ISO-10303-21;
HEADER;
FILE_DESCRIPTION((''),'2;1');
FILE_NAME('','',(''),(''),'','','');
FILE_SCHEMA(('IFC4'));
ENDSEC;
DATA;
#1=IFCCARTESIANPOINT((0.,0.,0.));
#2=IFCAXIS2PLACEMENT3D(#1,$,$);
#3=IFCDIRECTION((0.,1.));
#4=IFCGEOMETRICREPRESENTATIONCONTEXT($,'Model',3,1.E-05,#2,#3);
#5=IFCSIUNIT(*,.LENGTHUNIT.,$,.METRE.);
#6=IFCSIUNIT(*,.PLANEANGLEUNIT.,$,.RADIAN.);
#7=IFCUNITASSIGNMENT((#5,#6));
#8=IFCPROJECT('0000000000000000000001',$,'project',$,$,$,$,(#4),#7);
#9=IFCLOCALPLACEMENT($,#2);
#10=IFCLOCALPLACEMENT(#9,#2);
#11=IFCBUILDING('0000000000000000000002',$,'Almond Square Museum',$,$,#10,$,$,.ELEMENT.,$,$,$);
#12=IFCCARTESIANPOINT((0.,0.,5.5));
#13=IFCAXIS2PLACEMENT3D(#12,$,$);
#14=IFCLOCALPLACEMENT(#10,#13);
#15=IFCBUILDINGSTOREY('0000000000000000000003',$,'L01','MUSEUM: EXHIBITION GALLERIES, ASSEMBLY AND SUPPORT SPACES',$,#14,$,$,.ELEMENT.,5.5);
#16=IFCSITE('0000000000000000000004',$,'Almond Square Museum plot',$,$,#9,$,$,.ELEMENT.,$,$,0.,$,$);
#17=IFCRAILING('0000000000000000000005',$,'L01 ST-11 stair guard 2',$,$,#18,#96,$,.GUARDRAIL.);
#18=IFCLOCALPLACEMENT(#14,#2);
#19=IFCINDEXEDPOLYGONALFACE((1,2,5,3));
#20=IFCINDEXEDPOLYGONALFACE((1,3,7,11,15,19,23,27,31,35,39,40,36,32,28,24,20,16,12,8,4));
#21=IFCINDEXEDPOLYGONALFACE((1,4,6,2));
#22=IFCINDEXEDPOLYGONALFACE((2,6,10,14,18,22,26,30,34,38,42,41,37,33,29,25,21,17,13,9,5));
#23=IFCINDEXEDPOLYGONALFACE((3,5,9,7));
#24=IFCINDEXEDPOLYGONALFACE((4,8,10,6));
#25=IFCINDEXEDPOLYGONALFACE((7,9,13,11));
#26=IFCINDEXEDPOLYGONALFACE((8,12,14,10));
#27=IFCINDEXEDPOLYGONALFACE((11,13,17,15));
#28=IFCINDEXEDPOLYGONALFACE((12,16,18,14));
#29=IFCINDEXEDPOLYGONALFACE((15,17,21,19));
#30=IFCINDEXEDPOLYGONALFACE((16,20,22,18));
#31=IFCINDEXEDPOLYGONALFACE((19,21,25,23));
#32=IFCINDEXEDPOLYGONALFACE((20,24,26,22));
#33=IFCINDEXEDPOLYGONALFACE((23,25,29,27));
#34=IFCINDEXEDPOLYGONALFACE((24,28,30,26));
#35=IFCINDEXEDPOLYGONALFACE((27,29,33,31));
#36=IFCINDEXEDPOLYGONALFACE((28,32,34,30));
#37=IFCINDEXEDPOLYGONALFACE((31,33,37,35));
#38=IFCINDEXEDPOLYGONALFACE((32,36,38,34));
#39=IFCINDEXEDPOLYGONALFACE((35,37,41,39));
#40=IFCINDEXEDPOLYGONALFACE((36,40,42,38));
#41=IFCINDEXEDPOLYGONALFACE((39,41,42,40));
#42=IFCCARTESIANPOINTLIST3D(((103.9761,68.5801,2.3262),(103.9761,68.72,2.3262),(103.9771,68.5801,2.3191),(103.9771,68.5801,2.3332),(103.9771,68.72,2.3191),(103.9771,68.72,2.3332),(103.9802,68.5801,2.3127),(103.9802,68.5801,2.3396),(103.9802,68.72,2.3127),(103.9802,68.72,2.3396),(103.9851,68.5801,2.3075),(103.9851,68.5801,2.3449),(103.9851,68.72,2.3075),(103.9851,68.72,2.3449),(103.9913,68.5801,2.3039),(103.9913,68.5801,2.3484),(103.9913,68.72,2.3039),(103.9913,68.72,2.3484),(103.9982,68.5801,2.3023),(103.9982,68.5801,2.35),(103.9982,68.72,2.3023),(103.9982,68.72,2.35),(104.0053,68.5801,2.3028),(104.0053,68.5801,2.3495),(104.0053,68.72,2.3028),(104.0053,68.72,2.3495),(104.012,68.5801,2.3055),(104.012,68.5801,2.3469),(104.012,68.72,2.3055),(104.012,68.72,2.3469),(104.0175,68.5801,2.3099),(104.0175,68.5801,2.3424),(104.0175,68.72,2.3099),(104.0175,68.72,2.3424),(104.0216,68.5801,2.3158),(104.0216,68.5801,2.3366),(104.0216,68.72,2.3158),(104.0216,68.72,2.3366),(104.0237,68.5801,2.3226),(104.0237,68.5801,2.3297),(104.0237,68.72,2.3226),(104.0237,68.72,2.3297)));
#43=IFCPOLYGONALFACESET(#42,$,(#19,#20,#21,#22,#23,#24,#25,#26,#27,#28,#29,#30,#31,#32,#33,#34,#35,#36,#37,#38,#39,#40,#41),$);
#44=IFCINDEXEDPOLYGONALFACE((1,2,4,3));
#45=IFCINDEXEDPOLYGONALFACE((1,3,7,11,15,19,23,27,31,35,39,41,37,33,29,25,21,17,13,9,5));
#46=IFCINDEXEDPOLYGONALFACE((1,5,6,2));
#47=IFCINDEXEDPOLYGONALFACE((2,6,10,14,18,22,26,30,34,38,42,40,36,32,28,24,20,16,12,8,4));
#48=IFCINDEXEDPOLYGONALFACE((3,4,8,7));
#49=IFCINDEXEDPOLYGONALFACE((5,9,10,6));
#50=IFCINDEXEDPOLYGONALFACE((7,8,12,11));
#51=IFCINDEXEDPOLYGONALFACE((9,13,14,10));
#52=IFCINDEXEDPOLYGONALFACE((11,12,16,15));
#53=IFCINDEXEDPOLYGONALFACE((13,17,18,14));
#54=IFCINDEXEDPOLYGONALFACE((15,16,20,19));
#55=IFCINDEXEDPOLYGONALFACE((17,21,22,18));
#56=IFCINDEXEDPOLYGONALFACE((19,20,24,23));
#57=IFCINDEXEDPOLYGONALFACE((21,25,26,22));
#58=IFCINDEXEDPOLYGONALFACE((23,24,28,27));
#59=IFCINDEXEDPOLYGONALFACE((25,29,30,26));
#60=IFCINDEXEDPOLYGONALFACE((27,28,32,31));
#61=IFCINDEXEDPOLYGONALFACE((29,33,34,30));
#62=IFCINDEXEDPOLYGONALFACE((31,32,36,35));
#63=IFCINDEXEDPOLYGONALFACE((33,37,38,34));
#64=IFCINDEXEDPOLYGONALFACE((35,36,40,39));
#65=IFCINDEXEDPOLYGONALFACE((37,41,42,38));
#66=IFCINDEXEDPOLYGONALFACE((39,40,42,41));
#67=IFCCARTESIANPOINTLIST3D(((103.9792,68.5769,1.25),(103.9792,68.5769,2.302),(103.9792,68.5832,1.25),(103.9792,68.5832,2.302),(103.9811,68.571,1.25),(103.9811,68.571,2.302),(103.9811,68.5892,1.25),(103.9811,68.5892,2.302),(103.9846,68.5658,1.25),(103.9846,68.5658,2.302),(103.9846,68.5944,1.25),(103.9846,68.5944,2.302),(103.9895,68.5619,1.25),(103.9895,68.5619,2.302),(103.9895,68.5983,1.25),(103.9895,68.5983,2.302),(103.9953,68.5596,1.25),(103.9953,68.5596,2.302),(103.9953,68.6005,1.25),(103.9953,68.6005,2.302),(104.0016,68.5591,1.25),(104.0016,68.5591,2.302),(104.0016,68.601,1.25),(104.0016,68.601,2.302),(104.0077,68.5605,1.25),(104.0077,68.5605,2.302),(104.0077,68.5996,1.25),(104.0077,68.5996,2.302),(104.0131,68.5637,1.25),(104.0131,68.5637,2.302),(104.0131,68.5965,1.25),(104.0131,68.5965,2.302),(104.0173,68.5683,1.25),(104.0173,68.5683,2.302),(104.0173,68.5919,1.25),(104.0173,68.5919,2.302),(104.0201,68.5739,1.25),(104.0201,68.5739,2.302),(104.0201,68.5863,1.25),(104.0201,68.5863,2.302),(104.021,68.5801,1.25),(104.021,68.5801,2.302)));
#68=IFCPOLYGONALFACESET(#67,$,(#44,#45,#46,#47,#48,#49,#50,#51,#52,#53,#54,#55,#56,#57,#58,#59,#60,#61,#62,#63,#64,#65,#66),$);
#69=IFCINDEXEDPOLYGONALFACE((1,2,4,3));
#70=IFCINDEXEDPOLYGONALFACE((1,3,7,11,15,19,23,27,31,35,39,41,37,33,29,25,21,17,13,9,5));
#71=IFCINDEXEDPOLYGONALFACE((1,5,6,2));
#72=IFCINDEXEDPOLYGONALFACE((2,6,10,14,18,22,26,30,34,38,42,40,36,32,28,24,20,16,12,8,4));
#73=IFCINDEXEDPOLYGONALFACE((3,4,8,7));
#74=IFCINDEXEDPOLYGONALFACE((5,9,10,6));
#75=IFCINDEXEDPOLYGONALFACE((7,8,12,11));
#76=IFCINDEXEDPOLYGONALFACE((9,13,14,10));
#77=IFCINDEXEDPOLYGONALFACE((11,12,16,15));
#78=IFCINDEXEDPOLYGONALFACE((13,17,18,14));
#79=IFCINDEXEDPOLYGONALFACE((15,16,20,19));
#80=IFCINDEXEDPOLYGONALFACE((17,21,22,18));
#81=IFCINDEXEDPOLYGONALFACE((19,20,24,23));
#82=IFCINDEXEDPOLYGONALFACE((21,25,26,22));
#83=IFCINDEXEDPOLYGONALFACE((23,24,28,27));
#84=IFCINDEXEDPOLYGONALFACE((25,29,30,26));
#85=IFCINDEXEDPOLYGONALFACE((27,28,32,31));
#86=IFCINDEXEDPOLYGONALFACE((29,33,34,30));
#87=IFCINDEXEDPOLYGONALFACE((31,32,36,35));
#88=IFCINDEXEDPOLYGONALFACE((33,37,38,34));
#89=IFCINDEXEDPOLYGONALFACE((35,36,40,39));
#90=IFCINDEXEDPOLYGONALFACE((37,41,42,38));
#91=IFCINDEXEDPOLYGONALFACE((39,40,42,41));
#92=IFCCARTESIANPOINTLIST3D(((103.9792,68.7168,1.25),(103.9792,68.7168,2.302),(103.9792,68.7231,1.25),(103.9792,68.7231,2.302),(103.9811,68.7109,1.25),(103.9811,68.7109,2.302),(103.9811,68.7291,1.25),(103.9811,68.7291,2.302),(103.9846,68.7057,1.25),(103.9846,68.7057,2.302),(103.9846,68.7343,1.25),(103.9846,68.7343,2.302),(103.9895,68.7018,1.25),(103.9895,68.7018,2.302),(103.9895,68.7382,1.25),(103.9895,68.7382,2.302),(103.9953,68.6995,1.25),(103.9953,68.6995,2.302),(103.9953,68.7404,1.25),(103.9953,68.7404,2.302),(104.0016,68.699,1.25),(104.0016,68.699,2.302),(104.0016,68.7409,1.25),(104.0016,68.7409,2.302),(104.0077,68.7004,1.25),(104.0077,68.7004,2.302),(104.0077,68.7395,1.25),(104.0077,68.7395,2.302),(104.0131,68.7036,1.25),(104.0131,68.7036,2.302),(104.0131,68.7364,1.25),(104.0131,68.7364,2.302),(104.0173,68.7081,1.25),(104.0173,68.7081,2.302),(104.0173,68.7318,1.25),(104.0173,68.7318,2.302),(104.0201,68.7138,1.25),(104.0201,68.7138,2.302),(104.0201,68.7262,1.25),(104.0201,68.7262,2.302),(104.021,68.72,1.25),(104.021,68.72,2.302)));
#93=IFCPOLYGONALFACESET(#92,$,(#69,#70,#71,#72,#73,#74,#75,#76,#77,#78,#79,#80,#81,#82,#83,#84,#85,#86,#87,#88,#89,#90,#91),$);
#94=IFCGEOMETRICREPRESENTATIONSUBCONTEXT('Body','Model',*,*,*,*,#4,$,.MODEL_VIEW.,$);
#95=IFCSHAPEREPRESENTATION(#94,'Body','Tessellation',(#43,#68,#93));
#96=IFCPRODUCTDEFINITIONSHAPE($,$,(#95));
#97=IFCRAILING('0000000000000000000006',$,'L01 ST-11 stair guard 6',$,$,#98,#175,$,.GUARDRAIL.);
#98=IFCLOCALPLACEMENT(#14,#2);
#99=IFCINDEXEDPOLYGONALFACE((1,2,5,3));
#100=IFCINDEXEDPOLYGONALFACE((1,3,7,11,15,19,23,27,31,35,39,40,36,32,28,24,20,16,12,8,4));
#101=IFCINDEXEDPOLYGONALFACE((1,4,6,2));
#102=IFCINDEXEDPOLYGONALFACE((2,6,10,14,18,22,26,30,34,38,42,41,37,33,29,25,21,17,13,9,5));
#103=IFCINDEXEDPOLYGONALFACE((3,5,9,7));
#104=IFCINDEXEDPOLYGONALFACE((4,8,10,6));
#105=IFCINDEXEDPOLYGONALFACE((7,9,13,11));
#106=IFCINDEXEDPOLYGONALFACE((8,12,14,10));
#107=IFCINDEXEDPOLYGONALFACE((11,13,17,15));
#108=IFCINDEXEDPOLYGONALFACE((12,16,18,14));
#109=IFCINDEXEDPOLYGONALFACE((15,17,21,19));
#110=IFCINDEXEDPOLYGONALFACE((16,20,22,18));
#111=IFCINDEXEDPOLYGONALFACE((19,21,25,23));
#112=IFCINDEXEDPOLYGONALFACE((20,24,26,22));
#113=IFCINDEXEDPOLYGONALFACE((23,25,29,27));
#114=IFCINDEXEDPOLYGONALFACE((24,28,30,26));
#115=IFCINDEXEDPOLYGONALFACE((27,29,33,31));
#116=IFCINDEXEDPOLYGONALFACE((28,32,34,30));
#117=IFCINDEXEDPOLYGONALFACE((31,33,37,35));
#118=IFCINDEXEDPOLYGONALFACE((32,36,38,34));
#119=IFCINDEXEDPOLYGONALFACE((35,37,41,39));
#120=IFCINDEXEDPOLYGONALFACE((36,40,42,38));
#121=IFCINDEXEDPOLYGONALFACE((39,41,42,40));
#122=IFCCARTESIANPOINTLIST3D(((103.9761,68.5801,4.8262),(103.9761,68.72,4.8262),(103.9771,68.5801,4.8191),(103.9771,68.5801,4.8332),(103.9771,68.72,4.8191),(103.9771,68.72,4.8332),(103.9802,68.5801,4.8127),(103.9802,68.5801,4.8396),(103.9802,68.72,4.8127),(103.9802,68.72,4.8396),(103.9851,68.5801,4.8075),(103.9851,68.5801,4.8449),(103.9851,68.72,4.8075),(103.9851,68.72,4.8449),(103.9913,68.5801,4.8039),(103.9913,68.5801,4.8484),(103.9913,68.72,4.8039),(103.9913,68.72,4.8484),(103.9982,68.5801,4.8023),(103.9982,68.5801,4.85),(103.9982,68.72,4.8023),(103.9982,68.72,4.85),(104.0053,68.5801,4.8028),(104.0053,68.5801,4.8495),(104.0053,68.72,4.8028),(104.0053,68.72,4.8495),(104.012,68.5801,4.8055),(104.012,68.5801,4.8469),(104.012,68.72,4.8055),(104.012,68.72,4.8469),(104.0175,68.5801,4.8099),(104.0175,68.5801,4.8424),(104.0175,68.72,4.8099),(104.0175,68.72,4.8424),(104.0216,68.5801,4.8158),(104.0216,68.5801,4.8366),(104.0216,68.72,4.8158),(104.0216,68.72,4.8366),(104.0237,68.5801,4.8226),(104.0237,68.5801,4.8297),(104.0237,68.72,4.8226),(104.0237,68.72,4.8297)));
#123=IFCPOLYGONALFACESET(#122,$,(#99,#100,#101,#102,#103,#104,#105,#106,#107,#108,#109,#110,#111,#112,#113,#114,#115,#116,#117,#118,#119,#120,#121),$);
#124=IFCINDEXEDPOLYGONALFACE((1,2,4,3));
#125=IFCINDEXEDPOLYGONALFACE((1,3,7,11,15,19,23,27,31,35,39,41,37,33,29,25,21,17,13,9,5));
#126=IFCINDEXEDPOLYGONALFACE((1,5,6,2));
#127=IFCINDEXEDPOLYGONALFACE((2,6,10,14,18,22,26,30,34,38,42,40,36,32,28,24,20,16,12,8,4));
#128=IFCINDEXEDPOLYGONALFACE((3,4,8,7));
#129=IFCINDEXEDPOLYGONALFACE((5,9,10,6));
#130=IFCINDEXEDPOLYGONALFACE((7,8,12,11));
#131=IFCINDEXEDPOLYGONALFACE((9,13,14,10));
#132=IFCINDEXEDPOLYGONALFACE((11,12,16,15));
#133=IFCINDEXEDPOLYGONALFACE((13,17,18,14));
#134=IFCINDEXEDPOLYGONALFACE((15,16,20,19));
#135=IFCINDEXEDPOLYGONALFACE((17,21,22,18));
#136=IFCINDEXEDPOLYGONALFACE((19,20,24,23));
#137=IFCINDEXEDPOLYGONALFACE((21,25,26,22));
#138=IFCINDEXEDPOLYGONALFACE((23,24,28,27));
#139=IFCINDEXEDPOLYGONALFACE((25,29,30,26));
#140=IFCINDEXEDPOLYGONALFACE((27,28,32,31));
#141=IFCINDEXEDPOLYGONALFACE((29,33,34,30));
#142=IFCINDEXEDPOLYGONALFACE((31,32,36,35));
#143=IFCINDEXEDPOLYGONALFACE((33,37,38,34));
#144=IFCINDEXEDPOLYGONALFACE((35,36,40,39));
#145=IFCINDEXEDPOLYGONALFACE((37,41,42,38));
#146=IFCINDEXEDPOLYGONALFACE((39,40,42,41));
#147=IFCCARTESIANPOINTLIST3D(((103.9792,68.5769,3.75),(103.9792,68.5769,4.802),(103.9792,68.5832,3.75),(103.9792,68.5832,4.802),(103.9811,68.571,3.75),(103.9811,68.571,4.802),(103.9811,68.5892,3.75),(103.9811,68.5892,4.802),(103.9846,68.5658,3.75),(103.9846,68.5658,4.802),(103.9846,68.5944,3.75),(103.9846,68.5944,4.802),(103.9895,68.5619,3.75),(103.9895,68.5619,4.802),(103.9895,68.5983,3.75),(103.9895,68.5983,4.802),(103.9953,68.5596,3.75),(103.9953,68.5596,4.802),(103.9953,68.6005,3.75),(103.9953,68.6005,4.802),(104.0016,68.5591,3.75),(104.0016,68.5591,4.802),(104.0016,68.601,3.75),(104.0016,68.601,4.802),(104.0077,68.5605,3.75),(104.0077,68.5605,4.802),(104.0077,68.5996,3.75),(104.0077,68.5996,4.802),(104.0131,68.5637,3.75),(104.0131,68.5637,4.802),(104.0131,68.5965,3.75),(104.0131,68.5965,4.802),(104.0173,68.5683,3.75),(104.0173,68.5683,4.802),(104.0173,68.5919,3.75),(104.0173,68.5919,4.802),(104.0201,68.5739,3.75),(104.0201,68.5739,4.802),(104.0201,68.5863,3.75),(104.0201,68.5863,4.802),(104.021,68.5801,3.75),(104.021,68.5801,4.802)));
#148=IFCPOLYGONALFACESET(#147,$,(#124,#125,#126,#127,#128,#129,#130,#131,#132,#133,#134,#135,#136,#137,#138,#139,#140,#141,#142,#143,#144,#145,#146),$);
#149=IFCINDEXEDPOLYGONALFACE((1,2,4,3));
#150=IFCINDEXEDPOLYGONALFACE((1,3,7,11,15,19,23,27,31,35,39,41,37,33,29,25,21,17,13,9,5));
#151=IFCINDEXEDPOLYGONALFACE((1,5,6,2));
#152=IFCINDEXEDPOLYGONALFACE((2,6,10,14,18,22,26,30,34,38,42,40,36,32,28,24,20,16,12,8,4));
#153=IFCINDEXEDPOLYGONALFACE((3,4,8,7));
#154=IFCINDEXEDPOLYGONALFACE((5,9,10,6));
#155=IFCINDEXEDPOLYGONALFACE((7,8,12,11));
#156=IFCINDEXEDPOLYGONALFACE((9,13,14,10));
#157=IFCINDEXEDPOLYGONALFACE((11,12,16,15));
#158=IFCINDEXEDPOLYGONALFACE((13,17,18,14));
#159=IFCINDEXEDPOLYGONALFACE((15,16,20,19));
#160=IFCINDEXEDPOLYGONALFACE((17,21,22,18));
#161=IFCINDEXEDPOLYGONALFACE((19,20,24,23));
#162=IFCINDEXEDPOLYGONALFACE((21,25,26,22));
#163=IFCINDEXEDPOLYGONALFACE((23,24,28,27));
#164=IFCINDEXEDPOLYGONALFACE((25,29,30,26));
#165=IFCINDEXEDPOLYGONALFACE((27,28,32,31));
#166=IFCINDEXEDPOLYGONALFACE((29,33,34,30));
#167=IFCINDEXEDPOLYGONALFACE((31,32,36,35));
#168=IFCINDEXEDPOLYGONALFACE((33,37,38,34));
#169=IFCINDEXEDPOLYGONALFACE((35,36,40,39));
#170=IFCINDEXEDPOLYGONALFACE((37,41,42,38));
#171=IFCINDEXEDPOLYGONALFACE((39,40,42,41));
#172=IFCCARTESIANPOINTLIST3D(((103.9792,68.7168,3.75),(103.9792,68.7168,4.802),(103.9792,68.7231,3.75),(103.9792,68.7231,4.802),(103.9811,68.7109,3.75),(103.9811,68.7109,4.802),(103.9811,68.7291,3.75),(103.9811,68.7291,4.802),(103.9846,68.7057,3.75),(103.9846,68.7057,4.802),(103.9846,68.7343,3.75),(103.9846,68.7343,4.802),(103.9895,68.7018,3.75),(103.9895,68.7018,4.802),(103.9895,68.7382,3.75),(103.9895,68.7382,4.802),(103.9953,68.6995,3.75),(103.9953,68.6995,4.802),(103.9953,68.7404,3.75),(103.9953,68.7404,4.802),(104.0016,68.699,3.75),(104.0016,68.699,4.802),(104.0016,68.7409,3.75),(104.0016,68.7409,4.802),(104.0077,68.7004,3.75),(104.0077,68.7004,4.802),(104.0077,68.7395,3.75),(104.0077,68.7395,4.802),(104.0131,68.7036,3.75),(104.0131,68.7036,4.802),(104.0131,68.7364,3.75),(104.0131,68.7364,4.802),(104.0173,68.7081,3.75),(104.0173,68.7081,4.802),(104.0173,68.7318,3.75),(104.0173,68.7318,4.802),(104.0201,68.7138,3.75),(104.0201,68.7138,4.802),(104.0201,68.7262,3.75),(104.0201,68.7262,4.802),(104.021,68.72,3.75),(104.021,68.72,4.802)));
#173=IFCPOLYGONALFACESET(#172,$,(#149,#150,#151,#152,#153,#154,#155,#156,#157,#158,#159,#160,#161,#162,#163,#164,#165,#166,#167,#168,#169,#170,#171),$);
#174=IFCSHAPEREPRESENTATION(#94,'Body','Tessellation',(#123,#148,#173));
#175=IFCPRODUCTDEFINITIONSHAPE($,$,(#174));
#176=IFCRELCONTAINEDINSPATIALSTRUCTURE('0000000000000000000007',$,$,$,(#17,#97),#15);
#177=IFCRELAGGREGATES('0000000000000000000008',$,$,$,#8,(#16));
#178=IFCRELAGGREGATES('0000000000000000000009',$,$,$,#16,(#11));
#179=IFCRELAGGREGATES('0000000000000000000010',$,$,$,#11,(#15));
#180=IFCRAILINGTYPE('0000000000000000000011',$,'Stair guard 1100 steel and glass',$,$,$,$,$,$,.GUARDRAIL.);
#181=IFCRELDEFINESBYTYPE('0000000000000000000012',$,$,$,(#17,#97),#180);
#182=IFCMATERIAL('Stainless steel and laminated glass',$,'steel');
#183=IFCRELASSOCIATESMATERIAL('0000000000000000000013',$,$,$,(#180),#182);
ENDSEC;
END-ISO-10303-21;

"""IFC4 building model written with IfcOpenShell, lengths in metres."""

from ifc_helpers import new_model, si_unit, direction, frame, origin, origin_2d, place, context, subcontext, project, spatial, circle, extrude, material, type_object, element, save


model = new_model("IFC4")

# Units and contexts
model_context = context("Model", 3, precision=1e-05, world=origin(), true_north=direction((0.0, 1.0)))
body_context = subcontext(model_context, "Body", "Model", "MODEL_VIEW")
ifc_project = project(units=[si_unit("LENGTHUNIT", "METRE"), si_unit("PLANEANGLEUNIT", "RADIAN")], contexts=[model_context])

# Site, building, storey
site_placement = place(None, origin())
site = spatial("IfcSite", under=ifc_project, at=site_placement, Name="Almond Square Museum plot", CompositionType="ELEMENT", RefElevation=0.0)
building_placement = place(site_placement, origin())
building = spatial("IfcBuilding", under=site, at=building_placement, Name="Almond Square Museum", CompositionType="ELEMENT")
storey_placement = place(building_placement, frame((0.0, 0.0, 5.5)))
storey = spatial("IfcBuildingStorey", under=building, at=storey_placement, Name="L01", Description="MUSEUM: EXHIBITION GALLERIES, ASSEMBLY AND SUPPORT SPACES", CompositionType="ELEMENT", Elevation=5.5)

# Railings
ifc_material_1 = material(Name="Stainless steel and laminated glass", Category="steel")
railing_type_1 = type_object("IfcRailingType", Name="Stair guard 1100 steel and glass", PredefinedType="GUARDRAIL", material=ifc_material_1)
for number, where, name in (
    (1, (104.0, 68.5801, 1.25), "L01 ST-11 stair guard 2"),
    (2, (104.0, 68.5801, 3.75), "L01 ST-11 stair guard 6"),
):
    element("IfcRailing", number, at=place(storey_placement, frame(where)), inside=storey, type_object=railing_type_1, Name=name, PredefinedType="GUARDRAIL", context=body_context, shape_type="SweptSolid", body=[
        extrude(circle(Radius=0.0239, at=origin_2d()), frame((0.0, 0.0, 1.0762), z_axis=(0.0, 1.0, 0.0), x_axis=(-1.0, 0.0, 0.0)), (0.0, 0.0, 1.0), 0.1399),
        extrude(circle(Radius=0.021, at=origin_2d()), origin(), (0.0, 0.0, 1.0), 1.052),
        extrude(circle(Radius=0.021, at=origin_2d()), frame((0.0, 0.1399, 0.0)), (0.0, 0.0, 1.0), 1.052),
    ])

save(model, "model.ifc")
